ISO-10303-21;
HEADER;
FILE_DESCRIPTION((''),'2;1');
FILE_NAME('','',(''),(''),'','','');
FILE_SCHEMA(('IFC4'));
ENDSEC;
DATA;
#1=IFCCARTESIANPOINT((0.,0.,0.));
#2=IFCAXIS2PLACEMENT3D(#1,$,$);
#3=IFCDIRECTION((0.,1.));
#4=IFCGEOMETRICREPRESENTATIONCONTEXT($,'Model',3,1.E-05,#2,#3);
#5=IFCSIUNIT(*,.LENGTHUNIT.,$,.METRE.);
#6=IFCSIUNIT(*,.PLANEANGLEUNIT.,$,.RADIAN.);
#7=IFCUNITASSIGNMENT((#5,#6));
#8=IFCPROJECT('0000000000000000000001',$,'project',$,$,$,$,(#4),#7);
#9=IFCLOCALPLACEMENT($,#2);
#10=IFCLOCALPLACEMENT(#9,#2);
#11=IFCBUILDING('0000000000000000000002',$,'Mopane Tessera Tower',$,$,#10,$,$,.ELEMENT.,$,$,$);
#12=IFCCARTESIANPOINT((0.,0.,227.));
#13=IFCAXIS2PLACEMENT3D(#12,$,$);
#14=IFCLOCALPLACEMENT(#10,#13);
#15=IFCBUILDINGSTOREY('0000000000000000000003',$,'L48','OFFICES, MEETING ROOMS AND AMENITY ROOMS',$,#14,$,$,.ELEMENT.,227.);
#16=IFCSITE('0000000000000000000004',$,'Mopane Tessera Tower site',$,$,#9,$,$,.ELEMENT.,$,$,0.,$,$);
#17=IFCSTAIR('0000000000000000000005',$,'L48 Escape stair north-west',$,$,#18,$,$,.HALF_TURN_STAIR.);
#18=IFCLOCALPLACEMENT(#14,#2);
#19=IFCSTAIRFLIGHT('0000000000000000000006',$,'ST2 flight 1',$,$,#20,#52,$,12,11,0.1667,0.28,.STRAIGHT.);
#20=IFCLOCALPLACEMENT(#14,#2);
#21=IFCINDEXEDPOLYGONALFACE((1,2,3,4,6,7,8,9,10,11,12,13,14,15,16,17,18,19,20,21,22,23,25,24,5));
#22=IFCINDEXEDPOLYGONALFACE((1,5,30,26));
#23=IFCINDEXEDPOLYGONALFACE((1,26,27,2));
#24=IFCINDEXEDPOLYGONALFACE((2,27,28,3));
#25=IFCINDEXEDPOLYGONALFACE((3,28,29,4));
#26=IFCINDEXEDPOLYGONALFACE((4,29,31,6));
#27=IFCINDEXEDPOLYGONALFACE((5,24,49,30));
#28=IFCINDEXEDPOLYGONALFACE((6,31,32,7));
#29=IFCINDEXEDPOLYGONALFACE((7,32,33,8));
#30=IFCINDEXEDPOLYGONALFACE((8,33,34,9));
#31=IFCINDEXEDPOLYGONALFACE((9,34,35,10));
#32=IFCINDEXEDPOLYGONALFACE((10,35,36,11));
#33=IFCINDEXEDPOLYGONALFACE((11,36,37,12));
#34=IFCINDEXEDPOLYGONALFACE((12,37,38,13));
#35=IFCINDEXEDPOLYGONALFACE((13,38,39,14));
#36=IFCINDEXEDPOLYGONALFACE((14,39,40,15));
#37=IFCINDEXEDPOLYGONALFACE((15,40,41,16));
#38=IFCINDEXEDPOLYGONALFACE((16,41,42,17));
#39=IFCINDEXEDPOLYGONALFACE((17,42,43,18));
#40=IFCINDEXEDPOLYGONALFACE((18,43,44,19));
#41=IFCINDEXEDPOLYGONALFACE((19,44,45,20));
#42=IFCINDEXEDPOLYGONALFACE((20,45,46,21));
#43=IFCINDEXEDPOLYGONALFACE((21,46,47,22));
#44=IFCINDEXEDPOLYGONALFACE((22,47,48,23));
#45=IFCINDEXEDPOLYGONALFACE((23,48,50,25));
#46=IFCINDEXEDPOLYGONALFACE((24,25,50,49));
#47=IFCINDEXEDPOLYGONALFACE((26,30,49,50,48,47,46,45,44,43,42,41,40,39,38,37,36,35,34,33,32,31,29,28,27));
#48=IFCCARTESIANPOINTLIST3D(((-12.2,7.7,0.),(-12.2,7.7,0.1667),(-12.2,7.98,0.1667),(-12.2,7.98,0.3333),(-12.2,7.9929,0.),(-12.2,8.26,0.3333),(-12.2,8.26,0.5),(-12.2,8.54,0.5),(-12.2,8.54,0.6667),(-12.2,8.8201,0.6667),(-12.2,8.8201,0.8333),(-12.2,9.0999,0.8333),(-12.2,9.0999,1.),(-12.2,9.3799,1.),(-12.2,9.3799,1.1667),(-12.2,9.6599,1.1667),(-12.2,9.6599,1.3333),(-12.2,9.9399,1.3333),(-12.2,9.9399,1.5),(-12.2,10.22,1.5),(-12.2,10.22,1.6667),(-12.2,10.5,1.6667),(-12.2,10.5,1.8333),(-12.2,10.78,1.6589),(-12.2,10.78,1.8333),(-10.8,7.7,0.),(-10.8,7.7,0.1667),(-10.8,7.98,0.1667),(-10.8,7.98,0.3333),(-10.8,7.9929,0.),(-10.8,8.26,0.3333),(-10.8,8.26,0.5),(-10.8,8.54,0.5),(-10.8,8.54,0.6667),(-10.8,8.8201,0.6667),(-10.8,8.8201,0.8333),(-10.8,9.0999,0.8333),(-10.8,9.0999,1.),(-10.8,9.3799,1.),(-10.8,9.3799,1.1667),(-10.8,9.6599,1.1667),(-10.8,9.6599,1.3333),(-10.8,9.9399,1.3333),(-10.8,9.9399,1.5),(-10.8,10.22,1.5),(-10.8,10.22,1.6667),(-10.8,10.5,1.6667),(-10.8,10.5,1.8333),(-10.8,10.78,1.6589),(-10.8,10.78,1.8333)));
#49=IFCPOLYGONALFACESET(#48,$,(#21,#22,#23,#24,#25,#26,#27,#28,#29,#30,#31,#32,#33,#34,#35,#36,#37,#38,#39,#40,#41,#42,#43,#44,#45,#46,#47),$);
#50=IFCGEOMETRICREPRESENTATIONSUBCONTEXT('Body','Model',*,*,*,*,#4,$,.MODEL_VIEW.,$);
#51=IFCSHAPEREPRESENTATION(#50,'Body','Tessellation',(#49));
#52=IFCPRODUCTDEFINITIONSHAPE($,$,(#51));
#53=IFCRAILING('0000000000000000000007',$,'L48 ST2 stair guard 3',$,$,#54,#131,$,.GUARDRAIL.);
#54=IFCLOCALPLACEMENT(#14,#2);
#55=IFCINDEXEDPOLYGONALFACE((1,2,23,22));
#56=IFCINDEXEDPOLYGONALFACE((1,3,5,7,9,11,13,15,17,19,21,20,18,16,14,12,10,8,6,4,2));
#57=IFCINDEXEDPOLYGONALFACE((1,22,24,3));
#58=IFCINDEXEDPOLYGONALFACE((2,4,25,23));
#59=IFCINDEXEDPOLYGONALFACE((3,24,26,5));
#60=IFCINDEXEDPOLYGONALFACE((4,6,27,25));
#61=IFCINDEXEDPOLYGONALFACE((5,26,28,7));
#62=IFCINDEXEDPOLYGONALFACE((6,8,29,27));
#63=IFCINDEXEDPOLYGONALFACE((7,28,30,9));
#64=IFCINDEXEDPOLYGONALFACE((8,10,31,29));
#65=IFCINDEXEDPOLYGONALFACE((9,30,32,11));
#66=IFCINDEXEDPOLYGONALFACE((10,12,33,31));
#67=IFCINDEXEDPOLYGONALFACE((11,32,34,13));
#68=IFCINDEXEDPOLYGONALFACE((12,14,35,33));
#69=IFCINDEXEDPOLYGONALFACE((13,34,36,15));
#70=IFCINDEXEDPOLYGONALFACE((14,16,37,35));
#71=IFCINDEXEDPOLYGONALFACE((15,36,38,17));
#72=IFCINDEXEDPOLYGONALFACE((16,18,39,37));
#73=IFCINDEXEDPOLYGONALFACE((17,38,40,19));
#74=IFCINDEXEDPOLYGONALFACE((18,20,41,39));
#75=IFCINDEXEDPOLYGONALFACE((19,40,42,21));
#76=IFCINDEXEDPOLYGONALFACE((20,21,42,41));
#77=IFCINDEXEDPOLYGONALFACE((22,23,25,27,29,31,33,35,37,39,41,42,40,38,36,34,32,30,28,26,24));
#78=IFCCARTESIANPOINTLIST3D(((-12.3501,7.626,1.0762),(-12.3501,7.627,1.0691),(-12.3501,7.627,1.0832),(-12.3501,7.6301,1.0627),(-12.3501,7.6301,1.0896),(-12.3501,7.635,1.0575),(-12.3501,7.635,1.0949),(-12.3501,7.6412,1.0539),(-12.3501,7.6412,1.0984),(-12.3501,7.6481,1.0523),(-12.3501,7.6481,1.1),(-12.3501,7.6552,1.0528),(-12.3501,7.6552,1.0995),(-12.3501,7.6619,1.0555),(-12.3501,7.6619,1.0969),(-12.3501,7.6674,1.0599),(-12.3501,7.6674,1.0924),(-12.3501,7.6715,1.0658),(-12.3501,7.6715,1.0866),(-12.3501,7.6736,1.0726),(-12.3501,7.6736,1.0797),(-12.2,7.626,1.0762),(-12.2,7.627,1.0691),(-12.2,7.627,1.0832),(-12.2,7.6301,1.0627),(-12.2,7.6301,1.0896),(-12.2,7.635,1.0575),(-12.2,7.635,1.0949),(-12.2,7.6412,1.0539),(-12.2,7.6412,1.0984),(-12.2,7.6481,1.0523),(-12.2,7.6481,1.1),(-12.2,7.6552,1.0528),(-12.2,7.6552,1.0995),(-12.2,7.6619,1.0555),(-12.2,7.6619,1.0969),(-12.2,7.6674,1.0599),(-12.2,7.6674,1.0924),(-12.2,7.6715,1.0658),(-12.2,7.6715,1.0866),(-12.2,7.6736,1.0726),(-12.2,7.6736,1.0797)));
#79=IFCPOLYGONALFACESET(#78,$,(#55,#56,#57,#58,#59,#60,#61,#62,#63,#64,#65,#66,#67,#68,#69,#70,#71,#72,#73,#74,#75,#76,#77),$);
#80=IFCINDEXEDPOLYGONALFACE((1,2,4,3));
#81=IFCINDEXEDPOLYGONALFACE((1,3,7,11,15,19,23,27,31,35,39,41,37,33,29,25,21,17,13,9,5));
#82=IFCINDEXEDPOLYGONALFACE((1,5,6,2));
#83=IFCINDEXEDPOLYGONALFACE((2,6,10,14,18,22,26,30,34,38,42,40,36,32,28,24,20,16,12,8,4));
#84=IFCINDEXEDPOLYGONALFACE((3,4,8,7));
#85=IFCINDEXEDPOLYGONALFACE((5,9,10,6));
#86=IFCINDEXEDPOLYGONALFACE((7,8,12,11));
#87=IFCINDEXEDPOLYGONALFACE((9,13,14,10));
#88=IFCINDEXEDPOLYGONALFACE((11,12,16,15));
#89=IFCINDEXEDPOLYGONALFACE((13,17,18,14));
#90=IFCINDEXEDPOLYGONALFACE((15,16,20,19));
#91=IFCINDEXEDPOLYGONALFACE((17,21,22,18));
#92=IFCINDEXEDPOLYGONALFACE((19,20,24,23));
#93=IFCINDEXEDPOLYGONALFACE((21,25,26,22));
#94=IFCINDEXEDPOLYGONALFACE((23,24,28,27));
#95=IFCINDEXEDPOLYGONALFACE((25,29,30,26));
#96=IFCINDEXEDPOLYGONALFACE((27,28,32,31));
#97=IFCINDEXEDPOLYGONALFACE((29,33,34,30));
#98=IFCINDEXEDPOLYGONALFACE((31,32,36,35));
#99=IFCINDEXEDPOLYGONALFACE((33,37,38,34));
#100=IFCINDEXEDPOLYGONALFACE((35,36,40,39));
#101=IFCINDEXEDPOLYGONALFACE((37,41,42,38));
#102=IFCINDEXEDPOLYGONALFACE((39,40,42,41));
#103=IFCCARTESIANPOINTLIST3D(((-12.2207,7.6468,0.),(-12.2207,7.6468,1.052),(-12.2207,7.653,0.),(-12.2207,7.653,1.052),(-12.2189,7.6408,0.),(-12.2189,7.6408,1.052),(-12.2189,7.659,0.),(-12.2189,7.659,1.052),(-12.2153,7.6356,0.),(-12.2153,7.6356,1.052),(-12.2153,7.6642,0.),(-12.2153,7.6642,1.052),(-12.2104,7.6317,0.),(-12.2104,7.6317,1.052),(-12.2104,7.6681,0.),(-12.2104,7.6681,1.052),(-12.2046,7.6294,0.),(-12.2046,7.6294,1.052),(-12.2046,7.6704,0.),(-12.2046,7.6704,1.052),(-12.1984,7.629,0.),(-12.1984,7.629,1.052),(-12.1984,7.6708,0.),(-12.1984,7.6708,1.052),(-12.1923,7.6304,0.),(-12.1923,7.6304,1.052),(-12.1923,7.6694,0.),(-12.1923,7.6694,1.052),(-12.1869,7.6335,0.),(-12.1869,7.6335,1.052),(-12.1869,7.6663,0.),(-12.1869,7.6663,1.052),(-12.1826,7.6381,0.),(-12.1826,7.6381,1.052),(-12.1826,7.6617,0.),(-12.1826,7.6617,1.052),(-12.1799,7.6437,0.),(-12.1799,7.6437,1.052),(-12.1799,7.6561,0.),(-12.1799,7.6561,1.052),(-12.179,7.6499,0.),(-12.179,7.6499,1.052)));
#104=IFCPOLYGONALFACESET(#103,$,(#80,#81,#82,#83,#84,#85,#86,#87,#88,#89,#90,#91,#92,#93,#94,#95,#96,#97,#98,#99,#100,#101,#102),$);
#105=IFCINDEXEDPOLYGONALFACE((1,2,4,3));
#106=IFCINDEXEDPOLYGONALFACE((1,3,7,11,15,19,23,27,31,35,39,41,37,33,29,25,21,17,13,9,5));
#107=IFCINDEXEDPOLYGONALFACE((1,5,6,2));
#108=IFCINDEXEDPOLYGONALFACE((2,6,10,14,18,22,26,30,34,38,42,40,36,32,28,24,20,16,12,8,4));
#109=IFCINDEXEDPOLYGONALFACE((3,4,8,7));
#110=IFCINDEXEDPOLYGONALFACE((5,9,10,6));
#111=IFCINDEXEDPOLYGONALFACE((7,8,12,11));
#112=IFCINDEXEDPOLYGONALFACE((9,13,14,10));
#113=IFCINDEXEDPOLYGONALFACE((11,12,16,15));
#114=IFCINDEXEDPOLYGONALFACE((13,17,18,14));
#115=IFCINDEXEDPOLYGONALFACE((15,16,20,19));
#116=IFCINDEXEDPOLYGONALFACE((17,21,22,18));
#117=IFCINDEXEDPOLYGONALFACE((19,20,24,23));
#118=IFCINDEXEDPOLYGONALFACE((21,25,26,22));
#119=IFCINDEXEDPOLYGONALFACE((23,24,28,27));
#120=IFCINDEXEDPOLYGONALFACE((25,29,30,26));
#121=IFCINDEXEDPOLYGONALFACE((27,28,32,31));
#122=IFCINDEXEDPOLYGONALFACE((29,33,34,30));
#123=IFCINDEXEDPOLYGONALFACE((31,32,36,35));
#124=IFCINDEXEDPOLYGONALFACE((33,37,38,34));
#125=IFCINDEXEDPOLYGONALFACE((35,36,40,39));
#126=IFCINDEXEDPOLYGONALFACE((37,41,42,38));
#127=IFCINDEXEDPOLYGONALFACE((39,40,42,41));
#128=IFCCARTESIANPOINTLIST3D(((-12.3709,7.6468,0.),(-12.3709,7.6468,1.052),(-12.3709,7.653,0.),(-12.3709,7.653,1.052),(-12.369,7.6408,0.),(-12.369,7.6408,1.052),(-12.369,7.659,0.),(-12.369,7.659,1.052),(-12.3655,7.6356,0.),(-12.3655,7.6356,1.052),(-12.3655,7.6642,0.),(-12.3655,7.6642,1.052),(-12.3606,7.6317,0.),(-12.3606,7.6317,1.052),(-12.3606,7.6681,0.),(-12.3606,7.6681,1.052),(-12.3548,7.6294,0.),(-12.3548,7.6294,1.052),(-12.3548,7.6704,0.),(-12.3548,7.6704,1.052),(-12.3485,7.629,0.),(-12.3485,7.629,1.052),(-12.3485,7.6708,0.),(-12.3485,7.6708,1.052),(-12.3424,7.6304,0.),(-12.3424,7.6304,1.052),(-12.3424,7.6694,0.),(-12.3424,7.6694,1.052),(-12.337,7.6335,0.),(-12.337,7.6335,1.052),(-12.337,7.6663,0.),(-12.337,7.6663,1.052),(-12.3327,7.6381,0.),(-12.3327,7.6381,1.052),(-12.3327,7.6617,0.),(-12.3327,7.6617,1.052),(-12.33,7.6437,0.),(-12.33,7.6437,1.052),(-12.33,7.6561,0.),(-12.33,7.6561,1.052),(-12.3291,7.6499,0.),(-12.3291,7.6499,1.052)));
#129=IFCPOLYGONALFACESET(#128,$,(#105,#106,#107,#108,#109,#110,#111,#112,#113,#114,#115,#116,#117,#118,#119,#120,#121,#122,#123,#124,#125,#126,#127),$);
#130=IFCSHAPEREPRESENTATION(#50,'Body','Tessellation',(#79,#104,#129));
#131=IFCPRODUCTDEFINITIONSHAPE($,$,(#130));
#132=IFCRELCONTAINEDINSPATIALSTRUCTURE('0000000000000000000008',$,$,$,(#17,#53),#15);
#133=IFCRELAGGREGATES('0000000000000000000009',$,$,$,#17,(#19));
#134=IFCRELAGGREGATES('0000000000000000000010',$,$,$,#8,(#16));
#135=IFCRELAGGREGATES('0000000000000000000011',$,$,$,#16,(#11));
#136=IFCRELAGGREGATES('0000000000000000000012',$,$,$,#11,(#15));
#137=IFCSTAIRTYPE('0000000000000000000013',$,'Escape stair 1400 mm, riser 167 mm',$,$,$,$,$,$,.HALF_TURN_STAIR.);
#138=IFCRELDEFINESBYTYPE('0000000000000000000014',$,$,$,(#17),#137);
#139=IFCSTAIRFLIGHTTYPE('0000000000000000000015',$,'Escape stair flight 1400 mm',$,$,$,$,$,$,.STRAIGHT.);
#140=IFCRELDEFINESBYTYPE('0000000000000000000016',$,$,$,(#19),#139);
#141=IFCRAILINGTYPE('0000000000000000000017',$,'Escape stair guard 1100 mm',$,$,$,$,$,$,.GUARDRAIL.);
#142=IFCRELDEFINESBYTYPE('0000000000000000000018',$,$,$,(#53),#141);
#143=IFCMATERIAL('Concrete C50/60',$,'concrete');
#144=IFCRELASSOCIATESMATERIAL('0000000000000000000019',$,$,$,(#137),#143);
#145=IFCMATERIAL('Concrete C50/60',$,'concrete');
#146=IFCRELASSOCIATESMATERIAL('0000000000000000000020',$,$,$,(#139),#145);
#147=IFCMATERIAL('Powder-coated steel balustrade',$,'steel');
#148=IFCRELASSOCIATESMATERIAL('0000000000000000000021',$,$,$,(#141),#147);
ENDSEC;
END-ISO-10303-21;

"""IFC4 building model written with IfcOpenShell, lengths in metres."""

from ifc_helpers import new_model, si_unit, direction, frame, origin, origin_2d, place, context, subcontext, project, spatial, polyline, circle, outline, extrude, material, type_object, element, aggregate, save


model = new_model("IFC4")

# Units and contexts
model_context = context("Model", 3, precision=1e-05, world=origin(), true_north=direction((0.0, 1.0)))
body_context = subcontext(model_context, "Body", "Model", "MODEL_VIEW")
ifc_project = project(units=[si_unit("LENGTHUNIT", "METRE"), si_unit("PLANEANGLEUNIT", "RADIAN")], contexts=[model_context])

# Site, building, storey
site_placement = place(None, origin())
site = spatial("IfcSite", under=ifc_project, at=site_placement, Name="Mopane Tessera Tower site", CompositionType="ELEMENT", RefElevation=0.0)
building_placement = place(site_placement, origin())
building = spatial("IfcBuilding", under=site, at=building_placement, Name="Mopane Tessera Tower", CompositionType="ELEMENT")
storey_placement = place(building_placement, frame((0.0, 0.0, 227.0)))
storey = spatial("IfcBuildingStorey", under=building, at=storey_placement, Name="L48", Description="OFFICES, MEETING ROOMS AND AMENITY ROOMS", CompositionType="ELEMENT", Elevation=227.0)

# Stair, stair flight
ifc_material_1 = material(Name="Concrete C50/60", Category="concrete")
stair_type = type_object("IfcStairType", Name="Escape stair 1400 mm, riser 167 mm", PredefinedType="HALF_TURN_STAIR", material=ifc_material_1)
stair_placement = place(storey_placement, origin())
stair = element("IfcStair", 1, at=stair_placement, inside=storey, type_object=stair_type, Name="L48 Escape stair north-west", PredefinedType="HALF_TURN_STAIR")
ifc_material_2 = material(Name="Concrete C50/60", Category="concrete")
stair_flight_type = type_object("IfcStairFlightType", Name="Escape stair flight 1400 mm", PredefinedType="STRAIGHT", material=ifc_material_2)
stair_flight_placement = place(storey_placement, frame((-11.5, 7.7, 0.0), z_axis=(0.0, 0.0, 1.0), x_axis=(0.0, 1.0, 0.0)))
stair_flight = element("IfcStairFlight", 2, at=stair_flight_placement, type_object=stair_flight_type, Name="ST2 flight 1", NumberOfRisers=12, NumberOfTreads=11, PredefinedType="STRAIGHT", RiserHeight=0.1667, TreadLength=0.28, context=body_context, shape_type="SweptSolid", body=[
    extrude(outline(polyline([(0.0, 0.0), (0.0, 0.1667), (0.28, 0.1667), (0.28, 0.3333), (0.5601, 0.3333), (0.5601, 0.5), (0.8401, 0.5), (0.8401, 0.6667), (1.1201, 0.6667), (1.1201, 0.8333), (1.3999, 0.8333), (1.3999, 1.0), (1.6799, 1.0), (1.6799, 1.1667), (1.96, 1.1667), (1.96, 1.3333), (2.24, 1.3333), (2.24, 1.5), (2.52, 1.5), (2.52, 1.6667), (2.8, 1.6667), (2.8, 1.8333), (3.0801, 1.8333), (3.0801, 2.0), (3.0801, 1.6589), (0.293, 0.0), (0.0, 0.0)])), frame((0.0, 0.7, 0.0), z_axis=(0.0, -1.0, 0.0), x_axis=(1.0, 0.0, 0.0)), (0.0, 0.0, 1.0), 1.3999),
])
aggregate(stair, [stair_flight])

# Railing
ifc_material_3 = material(Name="Powder-coated steel balustrade", Category="steel")
railing_type_1 = type_object("IfcRailingType", Name="Escape stair guard 1100 mm", PredefinedType="GUARDRAIL", material=ifc_material_3)
railing_1_placement = place(storey_placement, frame((-12.2, 7.6499, 0.0)))
element("IfcRailing", 3, at=railing_1_placement, inside=storey, type_object=railing_type_1, Name="L48 ST2 stair guard 3", PredefinedType="GUARDRAIL", context=body_context, shape_type="SweptSolid", body=[
    extrude(circle(Radius=0.0239, at=origin_2d()), frame((0.0, 0.0, 1.0762), z_axis=(-1.0, 0.0, 0.0), x_axis=(0.0, -1.0, 0.0)), (0.0, 0.0, 1.0), 0.1501),
    extrude(circle(Radius=0.021, at=origin_2d()), origin(), (0.0, 0.0, 1.0), 1.052),
    extrude(circle(Radius=0.021, at=origin_2d()), frame((-0.1501, 0.0, 0.0)), (0.0, 0.0, 1.0), 1.052),
])

save(model, "model.ifc")
